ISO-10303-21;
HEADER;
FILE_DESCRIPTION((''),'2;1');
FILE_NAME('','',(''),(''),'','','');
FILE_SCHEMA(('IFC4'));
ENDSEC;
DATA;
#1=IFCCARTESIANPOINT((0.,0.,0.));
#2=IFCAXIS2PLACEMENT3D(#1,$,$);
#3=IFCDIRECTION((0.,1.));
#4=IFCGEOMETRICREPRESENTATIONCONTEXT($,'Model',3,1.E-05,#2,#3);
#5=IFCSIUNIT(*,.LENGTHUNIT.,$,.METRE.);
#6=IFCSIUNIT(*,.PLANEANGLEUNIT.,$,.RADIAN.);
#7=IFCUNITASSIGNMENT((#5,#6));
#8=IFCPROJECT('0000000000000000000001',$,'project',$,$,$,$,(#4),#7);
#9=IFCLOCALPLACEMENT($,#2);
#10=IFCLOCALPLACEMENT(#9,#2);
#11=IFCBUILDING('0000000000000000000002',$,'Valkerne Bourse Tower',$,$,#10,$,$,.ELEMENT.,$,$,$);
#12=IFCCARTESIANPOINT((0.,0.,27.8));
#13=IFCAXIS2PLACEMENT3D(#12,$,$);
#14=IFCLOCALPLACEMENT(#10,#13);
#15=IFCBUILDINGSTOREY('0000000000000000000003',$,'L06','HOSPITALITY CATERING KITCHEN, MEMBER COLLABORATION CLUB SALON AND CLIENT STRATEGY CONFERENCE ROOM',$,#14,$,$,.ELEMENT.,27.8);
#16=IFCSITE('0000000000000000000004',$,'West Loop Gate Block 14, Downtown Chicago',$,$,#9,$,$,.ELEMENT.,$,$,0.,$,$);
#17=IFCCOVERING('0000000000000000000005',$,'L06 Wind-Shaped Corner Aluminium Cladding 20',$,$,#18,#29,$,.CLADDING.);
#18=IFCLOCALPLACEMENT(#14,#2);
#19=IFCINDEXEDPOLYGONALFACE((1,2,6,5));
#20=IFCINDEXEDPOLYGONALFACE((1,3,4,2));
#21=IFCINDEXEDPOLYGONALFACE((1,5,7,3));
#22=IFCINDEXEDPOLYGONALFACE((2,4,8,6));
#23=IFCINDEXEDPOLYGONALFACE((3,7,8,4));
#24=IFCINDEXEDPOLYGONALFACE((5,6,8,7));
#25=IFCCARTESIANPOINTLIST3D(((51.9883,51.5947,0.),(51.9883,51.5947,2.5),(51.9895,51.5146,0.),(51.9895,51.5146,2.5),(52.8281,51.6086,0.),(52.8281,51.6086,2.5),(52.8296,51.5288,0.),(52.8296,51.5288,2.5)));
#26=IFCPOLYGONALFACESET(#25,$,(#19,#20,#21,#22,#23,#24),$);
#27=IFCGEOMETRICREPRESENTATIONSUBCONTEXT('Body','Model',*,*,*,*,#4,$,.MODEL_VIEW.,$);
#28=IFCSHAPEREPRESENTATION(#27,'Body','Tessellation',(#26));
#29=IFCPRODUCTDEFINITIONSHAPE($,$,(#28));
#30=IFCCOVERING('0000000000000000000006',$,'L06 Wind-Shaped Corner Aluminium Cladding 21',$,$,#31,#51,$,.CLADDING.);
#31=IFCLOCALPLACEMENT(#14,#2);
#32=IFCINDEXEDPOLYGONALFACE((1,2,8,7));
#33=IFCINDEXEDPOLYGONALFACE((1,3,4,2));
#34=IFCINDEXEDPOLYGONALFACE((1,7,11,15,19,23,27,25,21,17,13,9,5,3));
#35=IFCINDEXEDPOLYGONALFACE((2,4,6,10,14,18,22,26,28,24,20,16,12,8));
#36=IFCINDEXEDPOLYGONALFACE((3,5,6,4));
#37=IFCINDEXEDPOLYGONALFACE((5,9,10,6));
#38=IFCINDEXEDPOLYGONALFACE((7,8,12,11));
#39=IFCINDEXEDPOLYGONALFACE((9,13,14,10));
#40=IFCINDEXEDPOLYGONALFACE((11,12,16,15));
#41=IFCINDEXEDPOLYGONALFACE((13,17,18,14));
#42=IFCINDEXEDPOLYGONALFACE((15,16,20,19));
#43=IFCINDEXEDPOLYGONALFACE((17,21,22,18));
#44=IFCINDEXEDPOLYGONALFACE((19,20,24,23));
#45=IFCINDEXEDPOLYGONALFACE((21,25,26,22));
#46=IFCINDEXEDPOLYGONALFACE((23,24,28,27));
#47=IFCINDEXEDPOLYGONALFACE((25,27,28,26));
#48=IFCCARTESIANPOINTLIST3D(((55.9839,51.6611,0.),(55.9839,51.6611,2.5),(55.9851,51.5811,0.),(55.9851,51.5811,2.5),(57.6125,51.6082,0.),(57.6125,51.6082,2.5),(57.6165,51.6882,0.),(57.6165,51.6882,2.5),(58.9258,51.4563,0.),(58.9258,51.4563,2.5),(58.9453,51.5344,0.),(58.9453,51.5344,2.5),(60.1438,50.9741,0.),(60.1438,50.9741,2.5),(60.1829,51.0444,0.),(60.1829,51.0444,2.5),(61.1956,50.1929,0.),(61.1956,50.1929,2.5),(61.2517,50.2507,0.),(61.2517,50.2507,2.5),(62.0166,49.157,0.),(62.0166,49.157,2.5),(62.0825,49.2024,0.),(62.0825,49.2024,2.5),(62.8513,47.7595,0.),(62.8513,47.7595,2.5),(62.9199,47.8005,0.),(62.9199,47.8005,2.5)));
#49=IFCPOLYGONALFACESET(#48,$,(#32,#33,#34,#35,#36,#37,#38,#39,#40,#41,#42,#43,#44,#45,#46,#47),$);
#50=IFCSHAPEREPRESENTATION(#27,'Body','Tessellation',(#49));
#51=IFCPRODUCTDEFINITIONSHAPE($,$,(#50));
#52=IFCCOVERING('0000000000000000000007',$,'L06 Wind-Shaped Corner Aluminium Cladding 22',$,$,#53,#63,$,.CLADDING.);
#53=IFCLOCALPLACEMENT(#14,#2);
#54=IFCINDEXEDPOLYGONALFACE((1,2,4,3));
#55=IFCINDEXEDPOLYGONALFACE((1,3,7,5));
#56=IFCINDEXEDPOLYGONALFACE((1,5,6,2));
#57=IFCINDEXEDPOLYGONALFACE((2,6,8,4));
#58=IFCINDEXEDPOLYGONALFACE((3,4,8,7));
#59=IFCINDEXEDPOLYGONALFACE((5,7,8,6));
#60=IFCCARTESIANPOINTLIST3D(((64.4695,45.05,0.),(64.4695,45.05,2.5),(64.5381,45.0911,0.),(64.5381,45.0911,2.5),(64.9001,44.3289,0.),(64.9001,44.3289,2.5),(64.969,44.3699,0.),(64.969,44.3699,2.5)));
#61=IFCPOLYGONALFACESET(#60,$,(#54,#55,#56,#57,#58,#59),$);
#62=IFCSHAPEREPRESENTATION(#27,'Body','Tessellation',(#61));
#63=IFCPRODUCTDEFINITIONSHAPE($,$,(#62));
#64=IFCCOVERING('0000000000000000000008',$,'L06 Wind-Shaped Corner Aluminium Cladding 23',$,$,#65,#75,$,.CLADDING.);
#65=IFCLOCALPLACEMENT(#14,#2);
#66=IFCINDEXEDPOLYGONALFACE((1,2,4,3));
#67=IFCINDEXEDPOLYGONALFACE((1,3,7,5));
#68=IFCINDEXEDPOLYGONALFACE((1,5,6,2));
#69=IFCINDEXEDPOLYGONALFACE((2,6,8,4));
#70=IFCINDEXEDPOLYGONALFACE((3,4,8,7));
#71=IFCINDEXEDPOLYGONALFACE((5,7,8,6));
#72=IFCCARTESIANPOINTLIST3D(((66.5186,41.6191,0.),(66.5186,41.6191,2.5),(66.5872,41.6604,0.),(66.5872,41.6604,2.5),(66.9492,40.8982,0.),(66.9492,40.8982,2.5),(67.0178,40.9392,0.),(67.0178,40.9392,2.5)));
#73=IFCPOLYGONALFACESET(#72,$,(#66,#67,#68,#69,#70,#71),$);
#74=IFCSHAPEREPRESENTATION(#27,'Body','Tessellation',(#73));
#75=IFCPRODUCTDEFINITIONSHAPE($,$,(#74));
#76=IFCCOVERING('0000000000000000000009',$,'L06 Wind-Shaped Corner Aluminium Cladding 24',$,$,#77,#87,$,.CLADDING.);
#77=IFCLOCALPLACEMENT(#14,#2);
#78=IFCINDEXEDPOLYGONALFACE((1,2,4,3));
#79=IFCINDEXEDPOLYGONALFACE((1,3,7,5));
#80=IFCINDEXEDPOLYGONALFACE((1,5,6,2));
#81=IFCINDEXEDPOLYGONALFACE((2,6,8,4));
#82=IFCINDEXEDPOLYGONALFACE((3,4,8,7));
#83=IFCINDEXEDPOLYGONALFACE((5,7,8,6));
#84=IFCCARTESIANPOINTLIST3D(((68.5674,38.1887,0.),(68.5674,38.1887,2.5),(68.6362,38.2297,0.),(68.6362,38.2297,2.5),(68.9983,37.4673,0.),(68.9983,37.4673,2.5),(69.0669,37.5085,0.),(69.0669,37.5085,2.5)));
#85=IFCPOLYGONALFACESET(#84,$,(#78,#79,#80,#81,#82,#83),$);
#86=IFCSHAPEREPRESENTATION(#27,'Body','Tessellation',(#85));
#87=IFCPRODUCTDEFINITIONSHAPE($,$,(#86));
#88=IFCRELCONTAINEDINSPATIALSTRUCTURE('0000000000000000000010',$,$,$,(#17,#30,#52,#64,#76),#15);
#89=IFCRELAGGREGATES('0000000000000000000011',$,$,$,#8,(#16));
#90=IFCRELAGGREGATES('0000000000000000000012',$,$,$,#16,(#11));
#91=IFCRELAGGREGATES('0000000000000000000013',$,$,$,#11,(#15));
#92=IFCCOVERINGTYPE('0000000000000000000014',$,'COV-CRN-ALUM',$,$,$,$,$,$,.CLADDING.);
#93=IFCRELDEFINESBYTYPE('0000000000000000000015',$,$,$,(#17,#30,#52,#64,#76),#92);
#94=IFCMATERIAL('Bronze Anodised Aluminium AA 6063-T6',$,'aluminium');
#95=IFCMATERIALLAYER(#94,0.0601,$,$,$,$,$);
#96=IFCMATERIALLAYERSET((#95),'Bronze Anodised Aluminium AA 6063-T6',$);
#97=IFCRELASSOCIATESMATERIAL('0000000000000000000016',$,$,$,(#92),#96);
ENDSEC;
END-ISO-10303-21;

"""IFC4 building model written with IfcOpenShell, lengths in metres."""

from ifc_helpers import new_model, si_unit, direction, frame, origin, place, context, subcontext, project, spatial, polyline, outline, extrude, material, layer, layer_set, type_object, element, save


model = new_model("IFC4")

# Units and contexts
model_context = context("Model", 3, precision=1e-05, world=origin(), true_north=direction((0.0, 1.0)))
body_context = subcontext(model_context, "Body", "Model", "MODEL_VIEW")
ifc_project = project(units=[si_unit("LENGTHUNIT", "METRE"), si_unit("PLANEANGLEUNIT", "RADIAN")], contexts=[model_context])

# Site, building, storey
site_placement = place(None, origin())
site = spatial("IfcSite", under=ifc_project, at=site_placement, Name="West Loop Gate Block 14, Downtown Chicago", CompositionType="ELEMENT", RefElevation=0.0)
building_placement = place(site_placement, origin())
building = spatial("IfcBuilding", under=site, at=building_placement, Name="Valkerne Bourse Tower", CompositionType="ELEMENT")
storey_placement = place(building_placement, frame((0.0, 0.0, 27.8)))
storey = spatial("IfcBuildingStorey", under=building, at=storey_placement, Name="L06", Description="HOSPITALITY CATERING KITCHEN, MEMBER COLLABORATION CLUB SALON AND CLIENT STRATEGY CONFERENCE ROOM", CompositionType="ELEMENT", Elevation=27.8)

# Coverings
ifc_material_1 = material(Name="Bronze Anodised Aluminium AA 6063-T6", Category="aluminium")
ifc_layer_1 = layer(ifc_material_1, 0.0601)
ifc_layer_set_1 = layer_set([ifc_layer_1], Name="Bronze Anodised Aluminium AA 6063-T6")
covering_type = type_object("IfcCoveringType", Name="COV-CRN-ALUM", PredefinedType="CLADDING", material=ifc_layer_set_1)
covering_1_placement = place(storey_placement, origin())
element("IfcCovering", 1, at=covering_1_placement, inside=storey, type_object=covering_type, Name="L06 Wind-Shaped Corner Aluminium Cladding 20", PredefinedType="CLADDING", context=body_context, shape_type="SweptSolid", body=[
    extrude(outline(polyline([(52.8281, 51.6086), (52.8296, 51.5288), (51.9895, 51.5146), (51.9883, 51.5947), (52.8281, 51.6086)])), origin(), (0.0, 0.0, 1.0), 2.5),
])
covering_2_placement = place(storey_placement, origin())
element("IfcCovering", 2, at=covering_2_placement, inside=storey, type_object=covering_type, Name="L06 Wind-Shaped Corner Aluminium Cladding 21", PredefinedType="CLADDING", context=body_context, shape_type="SweptSolid", body=[
    extrude(outline(polyline([(57.6165, 51.6882), (58.9453, 51.5344), (60.1829, 51.0444), (61.2517, 50.2507), (62.0825, 49.2024), (62.9199, 47.8005), (62.8513, 47.7595), (62.0166, 49.157), (61.1956, 50.1929), (60.1438, 50.9741), (58.9258, 51.4563), (57.6125, 51.6082), (55.9851, 51.5811), (55.9839, 51.6611), (57.6165, 51.6882)])), origin(), (0.0, 0.0, 1.0), 2.5),
])
covering_3_placement = place(storey_placement, origin())
element("IfcCovering", 3, at=covering_3_placement, inside=storey, type_object=covering_type, Name="L06 Wind-Shaped Corner Aluminium Cladding 22", PredefinedType="CLADDING", context=body_context, shape_type="SweptSolid", body=[
    extrude(outline(polyline([(64.969, 44.3699), (64.9001, 44.3289), (64.4695, 45.05), (64.5381, 45.0911), (64.969, 44.3699)])), origin(), (0.0, 0.0, 1.0), 2.5),
])
covering_4_placement = place(storey_placement, origin())
element("IfcCovering", 4, at=covering_4_placement, inside=storey, type_object=covering_type, Name="L06 Wind-Shaped Corner Aluminium Cladding 23", PredefinedType="CLADDING", context=body_context, shape_type="SweptSolid", body=[
    extrude(outline(polyline([(67.0178, 40.9392), (66.9492, 40.8982), (66.5186, 41.6191), (66.5872, 41.6604), (67.0178, 40.9392)])), origin(), (0.0, 0.0, 1.0), 2.5),
])
covering_5_placement = place(storey_placement, origin())
element("IfcCovering", 5, at=covering_5_placement, inside=storey, type_object=covering_type, Name="L06 Wind-Shaped Corner Aluminium Cladding 24", PredefinedType="CLADDING", context=body_context, shape_type="SweptSolid", body=[
    extrude(outline(polyline([(69.0669, 37.5085), (68.9983, 37.4673), (68.5674, 38.1887), (68.6362, 38.2297), (69.0669, 37.5085)])), origin(), (0.0, 0.0, 1.0), 2.5),
])

save(model, "model.ifc")
